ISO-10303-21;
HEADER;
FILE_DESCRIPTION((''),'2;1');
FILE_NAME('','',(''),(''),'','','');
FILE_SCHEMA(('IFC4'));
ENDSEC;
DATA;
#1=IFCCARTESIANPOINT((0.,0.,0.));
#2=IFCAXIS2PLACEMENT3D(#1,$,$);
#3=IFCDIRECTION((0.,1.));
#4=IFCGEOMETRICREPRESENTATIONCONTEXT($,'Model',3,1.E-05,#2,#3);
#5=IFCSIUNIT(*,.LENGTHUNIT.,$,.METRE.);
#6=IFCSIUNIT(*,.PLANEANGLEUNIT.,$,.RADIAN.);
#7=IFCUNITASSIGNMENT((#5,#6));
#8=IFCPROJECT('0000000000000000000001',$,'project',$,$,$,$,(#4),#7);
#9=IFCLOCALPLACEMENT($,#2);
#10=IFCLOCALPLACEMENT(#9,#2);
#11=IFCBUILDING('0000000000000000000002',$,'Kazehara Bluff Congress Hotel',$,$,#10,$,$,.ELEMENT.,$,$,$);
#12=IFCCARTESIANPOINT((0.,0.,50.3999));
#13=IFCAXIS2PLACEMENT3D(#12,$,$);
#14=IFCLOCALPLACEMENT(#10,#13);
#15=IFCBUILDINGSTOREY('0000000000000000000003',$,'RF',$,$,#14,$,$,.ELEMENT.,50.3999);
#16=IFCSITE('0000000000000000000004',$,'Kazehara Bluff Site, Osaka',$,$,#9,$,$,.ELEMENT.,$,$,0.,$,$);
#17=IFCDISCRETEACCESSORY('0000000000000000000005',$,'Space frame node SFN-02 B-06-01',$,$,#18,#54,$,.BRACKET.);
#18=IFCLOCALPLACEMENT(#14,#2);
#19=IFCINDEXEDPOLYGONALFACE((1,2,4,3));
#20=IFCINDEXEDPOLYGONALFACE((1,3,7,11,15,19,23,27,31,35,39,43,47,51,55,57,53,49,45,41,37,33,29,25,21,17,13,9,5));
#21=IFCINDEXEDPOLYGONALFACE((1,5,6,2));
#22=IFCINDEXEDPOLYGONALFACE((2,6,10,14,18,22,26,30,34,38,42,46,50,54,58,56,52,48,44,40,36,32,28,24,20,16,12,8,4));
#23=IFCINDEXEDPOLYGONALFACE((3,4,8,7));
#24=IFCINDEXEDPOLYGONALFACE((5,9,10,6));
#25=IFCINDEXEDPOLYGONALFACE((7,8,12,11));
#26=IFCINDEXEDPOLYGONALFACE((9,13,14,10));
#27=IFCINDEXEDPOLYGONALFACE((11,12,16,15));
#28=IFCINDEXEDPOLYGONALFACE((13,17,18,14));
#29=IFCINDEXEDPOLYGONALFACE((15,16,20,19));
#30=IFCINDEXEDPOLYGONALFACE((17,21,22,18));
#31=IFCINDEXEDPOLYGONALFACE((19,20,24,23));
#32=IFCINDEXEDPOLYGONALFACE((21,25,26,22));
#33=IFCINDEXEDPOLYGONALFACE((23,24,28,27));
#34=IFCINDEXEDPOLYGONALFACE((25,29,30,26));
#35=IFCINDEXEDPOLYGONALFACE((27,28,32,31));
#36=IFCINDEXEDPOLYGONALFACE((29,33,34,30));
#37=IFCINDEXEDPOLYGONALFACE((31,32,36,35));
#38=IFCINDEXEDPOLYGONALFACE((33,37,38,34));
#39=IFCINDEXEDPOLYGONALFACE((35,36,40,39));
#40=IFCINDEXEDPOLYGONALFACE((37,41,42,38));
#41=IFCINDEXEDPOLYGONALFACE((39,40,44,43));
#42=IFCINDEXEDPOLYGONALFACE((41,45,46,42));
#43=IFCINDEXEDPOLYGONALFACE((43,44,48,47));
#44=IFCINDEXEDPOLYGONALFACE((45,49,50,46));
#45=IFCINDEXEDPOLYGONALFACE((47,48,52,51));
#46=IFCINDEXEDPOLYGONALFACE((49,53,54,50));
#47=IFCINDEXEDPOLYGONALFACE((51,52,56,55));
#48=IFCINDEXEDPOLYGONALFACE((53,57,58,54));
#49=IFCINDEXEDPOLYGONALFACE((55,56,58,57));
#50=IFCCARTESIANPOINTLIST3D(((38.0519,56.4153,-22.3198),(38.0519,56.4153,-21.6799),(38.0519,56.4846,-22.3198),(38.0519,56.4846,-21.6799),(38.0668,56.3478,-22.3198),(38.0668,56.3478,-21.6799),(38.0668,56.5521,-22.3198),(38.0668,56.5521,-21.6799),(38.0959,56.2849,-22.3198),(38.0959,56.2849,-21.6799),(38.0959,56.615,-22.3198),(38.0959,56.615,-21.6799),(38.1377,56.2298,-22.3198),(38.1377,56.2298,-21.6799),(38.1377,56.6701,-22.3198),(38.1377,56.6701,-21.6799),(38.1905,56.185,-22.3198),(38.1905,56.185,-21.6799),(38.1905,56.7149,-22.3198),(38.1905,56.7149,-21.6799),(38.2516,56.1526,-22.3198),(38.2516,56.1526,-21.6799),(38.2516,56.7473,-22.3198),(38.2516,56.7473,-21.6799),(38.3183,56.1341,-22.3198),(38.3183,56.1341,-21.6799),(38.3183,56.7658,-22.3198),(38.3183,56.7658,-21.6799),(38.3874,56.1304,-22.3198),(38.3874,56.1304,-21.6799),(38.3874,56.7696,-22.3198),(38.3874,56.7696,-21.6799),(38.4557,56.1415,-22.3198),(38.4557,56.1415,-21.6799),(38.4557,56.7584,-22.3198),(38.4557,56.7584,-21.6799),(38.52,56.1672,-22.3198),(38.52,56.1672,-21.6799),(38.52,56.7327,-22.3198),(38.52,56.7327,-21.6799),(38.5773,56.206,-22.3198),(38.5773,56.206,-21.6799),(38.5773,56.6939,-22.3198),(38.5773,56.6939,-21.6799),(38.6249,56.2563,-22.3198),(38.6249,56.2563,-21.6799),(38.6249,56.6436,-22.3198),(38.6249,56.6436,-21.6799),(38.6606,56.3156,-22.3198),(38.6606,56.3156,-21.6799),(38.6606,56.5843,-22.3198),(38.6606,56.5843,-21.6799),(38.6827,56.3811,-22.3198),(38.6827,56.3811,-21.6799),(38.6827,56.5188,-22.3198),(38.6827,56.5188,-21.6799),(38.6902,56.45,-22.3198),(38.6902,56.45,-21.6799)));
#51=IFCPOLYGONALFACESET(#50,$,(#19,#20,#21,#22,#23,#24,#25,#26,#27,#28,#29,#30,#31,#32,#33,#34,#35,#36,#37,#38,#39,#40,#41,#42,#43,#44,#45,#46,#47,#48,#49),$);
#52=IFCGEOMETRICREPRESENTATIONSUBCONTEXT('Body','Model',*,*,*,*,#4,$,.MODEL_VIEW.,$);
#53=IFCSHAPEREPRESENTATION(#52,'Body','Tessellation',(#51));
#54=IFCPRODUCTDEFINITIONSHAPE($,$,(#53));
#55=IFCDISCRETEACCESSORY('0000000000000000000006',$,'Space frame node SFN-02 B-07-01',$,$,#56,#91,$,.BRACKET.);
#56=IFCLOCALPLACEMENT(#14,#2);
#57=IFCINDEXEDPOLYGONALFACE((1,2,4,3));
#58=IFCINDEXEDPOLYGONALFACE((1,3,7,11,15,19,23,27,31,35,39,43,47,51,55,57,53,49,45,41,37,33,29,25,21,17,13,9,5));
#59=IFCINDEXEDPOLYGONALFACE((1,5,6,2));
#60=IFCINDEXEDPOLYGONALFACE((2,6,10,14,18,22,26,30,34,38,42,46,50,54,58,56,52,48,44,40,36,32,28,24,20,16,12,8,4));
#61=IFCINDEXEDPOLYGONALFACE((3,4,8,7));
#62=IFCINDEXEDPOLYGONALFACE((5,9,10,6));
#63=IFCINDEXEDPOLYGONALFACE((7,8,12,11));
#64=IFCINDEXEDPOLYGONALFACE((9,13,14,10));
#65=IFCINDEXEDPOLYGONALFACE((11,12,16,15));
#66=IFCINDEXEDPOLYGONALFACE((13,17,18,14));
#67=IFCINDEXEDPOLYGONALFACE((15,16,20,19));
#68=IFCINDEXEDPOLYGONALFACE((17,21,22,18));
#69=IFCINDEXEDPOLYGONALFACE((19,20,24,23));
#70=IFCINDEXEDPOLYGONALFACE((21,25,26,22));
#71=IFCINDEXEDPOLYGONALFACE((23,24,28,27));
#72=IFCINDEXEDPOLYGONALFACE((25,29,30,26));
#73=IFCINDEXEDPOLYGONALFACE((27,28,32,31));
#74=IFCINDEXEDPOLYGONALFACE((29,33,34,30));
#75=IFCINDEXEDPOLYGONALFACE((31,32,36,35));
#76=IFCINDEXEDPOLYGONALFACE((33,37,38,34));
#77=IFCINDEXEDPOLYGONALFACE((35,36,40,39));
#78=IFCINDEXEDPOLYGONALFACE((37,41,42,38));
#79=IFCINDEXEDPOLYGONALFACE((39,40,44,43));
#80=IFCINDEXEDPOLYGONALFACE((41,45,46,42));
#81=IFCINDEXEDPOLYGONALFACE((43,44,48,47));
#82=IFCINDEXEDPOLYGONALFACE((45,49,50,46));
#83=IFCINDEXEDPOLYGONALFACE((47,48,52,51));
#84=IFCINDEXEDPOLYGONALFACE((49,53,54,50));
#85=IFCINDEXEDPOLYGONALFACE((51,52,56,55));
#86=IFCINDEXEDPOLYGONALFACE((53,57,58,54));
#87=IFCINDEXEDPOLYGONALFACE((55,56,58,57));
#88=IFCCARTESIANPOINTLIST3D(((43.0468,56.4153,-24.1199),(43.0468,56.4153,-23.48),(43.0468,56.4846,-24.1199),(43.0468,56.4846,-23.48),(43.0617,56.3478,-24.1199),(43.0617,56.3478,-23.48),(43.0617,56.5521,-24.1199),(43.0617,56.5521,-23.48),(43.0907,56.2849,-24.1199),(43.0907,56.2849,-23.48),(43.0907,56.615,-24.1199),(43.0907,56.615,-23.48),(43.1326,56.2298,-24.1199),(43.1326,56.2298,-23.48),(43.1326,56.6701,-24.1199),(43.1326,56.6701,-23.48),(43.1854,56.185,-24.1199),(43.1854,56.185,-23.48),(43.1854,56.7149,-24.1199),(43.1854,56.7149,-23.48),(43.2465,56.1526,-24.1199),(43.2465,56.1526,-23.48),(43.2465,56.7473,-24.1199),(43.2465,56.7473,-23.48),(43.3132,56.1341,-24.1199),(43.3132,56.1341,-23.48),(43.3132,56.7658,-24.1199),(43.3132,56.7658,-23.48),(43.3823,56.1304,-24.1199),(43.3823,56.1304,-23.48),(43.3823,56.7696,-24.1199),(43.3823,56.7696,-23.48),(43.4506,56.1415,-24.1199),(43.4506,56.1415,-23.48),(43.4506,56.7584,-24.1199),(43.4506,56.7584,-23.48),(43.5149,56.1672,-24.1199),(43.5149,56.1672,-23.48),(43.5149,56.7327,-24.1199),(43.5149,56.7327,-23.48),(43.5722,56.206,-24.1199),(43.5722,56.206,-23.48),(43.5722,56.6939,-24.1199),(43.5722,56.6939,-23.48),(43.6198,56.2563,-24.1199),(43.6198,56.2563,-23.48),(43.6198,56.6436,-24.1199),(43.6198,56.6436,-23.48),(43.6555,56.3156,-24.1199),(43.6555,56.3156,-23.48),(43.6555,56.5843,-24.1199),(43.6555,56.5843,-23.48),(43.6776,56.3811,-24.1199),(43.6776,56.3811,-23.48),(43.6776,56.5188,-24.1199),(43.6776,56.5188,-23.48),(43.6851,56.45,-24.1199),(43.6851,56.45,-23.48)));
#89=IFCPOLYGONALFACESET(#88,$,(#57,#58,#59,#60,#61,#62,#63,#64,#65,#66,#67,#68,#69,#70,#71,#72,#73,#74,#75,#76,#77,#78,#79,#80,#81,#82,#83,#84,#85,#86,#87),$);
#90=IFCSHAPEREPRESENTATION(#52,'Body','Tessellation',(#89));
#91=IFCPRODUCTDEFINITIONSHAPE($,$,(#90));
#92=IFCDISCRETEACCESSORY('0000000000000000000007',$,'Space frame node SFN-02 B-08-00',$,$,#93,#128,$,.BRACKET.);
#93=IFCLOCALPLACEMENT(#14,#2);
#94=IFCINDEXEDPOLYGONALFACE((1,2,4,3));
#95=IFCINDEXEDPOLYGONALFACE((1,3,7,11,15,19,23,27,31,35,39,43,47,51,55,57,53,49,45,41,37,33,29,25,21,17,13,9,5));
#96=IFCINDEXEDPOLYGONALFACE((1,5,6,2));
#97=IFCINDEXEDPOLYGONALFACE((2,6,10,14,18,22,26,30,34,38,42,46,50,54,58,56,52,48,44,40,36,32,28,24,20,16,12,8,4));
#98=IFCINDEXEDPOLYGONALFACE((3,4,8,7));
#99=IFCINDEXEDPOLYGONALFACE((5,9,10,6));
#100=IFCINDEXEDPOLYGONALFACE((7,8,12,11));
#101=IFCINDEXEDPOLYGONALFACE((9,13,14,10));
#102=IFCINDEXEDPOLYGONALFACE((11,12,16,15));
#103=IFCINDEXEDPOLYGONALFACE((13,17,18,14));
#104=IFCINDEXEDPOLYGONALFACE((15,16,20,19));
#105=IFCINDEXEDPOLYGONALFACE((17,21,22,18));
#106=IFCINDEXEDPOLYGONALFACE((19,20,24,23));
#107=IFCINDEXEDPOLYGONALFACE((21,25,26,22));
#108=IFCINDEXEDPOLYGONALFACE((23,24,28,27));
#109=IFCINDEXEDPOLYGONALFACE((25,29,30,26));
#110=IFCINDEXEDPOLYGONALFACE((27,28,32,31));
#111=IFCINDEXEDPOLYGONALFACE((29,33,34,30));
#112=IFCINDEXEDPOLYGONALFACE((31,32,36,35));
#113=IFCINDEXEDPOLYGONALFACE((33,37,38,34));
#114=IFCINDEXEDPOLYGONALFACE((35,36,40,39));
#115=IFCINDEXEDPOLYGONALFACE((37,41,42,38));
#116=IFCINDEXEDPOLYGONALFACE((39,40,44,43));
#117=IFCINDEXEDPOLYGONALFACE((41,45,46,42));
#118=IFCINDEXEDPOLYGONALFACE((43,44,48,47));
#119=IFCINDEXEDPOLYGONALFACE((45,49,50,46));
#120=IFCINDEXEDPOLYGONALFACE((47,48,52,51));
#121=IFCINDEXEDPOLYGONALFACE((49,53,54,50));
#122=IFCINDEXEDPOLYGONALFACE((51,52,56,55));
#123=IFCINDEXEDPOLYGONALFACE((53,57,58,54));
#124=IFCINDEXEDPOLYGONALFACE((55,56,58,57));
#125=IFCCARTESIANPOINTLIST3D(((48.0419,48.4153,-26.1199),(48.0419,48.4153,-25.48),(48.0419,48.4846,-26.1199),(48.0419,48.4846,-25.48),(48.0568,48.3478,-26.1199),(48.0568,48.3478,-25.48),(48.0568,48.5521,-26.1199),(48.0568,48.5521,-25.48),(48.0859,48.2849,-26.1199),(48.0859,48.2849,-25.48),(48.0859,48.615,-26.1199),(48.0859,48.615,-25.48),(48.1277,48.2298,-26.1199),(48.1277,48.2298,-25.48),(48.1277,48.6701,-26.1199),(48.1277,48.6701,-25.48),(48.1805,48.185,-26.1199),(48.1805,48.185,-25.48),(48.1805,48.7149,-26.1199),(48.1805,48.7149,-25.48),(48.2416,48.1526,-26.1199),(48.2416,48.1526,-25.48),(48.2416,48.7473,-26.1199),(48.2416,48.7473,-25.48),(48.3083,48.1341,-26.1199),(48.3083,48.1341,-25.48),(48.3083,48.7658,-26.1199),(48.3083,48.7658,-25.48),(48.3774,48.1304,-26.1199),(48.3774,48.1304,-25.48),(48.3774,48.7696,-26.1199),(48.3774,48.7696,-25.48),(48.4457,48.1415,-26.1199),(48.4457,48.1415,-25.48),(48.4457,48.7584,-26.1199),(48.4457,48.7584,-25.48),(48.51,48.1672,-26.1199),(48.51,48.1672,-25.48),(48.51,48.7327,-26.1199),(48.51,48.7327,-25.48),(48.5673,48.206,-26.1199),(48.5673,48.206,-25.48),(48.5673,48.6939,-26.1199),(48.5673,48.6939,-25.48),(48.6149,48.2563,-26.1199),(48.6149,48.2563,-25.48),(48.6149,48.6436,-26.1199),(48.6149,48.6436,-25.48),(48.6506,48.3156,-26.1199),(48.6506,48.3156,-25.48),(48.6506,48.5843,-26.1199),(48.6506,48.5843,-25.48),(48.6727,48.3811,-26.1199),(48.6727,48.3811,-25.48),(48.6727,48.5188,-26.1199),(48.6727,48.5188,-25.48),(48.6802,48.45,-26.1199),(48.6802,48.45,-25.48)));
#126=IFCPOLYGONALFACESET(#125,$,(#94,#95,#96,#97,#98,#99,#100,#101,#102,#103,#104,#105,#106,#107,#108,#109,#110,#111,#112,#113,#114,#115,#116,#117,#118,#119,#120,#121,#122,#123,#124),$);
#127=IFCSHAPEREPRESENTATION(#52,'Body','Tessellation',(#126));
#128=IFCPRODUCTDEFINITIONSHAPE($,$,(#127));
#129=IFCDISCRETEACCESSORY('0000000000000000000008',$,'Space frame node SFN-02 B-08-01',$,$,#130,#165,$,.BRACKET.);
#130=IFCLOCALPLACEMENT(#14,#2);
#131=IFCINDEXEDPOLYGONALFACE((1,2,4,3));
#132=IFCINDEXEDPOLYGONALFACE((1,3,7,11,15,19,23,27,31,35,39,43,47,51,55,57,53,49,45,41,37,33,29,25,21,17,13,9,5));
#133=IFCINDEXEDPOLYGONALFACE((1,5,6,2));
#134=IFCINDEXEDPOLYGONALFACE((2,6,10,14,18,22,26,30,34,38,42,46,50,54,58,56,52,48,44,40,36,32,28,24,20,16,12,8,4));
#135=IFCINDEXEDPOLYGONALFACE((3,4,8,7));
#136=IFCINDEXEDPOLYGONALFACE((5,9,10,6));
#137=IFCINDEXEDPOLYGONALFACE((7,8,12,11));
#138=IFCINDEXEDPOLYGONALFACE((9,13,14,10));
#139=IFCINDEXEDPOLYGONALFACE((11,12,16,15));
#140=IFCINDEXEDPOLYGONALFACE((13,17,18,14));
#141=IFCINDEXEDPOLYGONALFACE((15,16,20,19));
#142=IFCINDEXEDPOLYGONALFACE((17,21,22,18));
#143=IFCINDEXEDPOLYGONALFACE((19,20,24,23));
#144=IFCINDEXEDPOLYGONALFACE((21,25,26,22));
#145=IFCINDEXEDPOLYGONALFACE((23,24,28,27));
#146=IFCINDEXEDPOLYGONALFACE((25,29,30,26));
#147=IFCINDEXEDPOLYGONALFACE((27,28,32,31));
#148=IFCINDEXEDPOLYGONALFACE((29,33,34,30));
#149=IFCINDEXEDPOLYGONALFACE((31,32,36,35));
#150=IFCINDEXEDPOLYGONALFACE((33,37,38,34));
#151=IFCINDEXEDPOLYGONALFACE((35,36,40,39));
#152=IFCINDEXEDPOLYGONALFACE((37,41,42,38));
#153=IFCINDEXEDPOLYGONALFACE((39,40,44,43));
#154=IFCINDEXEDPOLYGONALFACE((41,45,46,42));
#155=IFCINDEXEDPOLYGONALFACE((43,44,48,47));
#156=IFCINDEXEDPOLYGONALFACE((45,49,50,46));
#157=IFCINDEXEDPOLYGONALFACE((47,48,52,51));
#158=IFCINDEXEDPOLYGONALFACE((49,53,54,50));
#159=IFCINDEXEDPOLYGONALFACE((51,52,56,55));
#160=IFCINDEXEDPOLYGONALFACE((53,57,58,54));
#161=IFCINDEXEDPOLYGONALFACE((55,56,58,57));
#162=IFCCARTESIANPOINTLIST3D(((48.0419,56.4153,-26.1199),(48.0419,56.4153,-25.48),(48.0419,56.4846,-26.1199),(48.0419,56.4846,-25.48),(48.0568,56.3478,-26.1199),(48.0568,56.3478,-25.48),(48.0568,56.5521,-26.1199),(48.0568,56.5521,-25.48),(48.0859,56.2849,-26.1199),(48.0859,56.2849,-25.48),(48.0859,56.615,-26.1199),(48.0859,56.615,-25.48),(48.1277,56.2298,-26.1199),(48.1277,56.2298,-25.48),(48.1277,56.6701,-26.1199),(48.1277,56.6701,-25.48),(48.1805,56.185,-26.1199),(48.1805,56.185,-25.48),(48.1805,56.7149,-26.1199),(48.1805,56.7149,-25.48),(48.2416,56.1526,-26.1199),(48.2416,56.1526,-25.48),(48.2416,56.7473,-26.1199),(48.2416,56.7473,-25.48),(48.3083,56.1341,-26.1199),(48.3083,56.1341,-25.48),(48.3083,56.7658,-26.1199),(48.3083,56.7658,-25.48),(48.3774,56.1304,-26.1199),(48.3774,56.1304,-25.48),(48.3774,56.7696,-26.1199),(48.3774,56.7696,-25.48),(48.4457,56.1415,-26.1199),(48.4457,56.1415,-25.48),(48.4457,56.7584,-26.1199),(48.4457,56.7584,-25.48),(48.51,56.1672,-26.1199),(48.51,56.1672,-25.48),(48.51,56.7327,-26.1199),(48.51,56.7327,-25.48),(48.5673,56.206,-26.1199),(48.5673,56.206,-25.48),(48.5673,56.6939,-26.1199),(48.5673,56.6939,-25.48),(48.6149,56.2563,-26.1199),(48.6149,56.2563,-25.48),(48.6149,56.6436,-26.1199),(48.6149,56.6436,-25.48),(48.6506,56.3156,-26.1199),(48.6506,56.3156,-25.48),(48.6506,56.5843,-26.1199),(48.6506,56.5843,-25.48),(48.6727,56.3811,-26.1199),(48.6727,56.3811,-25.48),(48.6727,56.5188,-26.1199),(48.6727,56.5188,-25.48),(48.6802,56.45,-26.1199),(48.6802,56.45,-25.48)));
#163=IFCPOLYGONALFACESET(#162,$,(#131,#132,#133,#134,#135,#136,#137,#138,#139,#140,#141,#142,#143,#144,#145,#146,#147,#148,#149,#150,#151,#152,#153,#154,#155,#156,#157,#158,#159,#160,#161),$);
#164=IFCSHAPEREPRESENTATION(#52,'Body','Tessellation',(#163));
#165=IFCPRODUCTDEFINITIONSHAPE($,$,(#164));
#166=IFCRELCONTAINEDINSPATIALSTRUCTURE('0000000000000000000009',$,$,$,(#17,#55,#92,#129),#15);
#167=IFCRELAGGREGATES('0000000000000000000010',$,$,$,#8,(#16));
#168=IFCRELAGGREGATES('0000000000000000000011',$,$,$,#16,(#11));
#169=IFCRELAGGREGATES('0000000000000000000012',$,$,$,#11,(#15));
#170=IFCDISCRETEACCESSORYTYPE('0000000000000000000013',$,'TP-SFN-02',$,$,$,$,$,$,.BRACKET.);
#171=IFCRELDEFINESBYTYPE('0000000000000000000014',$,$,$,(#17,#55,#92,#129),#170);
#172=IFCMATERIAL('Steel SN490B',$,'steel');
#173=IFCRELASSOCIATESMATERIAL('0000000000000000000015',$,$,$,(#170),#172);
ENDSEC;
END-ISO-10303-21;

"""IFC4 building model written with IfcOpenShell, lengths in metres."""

from ifc_helpers import new_model, si_unit, direction, frame, origin, origin_2d, place, context, subcontext, project, spatial, circle, extrude, material, material_profile, profile_set, type_object, element, save


model = new_model("IFC4")

# Units and contexts
model_context = context("Model", 3, precision=1e-05, world=origin(), true_north=direction((0.0, 1.0)))
body_context = subcontext(model_context, "Body", "Model", "MODEL_VIEW")
ifc_project = project(units=[si_unit("LENGTHUNIT", "METRE"), si_unit("PLANEANGLEUNIT", "RADIAN")], contexts=[model_context])

# Site, building, storey
site_placement = place(None, origin())
site = spatial("IfcSite", under=ifc_project, at=site_placement, Name="Kazehara Bluff Site, Osaka", CompositionType="ELEMENT", RefElevation=0.0)
building_placement = place(site_placement, origin())
building = spatial("IfcBuilding", under=site, at=building_placement, Name="Kazehara Bluff Congress Hotel", CompositionType="ELEMENT")
storey_placement = place(building_placement, frame((0.0, 0.0, 50.3999)))
storey = spatial("IfcBuildingStorey", under=building, at=storey_placement, Name="RF", CompositionType="ELEMENT", Elevation=50.3999)

# Discrete accessories
ifc_material_1 = material(Name="Steel SN490B", Category="steel")
ifc_material_profile_1 = material_profile(ifc_material_1, circle(Radius=0.3201, at=origin_2d()))
ifc_profile_set_1 = profile_set([ifc_material_profile_1], Name="Steel SN490B")
discrete_accessory_type_1 = type_object("IfcDiscreteAccessoryType", Name="TP-SFN-02", PredefinedType="BRACKET", material=ifc_profile_set_1)
for number, where, z_axis, x_axis, name in (
    (1, (38.3701, 56.45, -22.3198), (0.0, 0.0, 1.0), (1.0, 0.0, 0.0), "Space frame node SFN-02 B-06-01"),
    (2, (43.365, 56.45, -24.1199), (0.0, 0.0, 1.0), (1.0, 0.0, 0.0), "Space frame node SFN-02 B-07-01"),
    (3, (48.3601, 48.45, -26.1199), (0.0, 0.0, 1.0), (1.0, 0.0, 0.0), "Space frame node SFN-02 B-08-00"),
    (4, (48.3601, 56.45, -26.1199), (0.0, 0.0, 1.0), (1.0, 0.0, 0.0), "Space frame node SFN-02 B-08-01"),
):
    element("IfcDiscreteAccessory", number, at=place(storey_placement, frame(where, z_axis=z_axis, x_axis=x_axis)), inside=storey, type_object=discrete_accessory_type_1, Name=name, PredefinedType="BRACKET", context=body_context, shape_type="SweptSolid", body=[
        extrude(circle(Radius=0.3201, at=origin_2d()), origin(), (0.0, 0.0, 1.0), 0.6399),
    ])

save(model, "model.ifc")
